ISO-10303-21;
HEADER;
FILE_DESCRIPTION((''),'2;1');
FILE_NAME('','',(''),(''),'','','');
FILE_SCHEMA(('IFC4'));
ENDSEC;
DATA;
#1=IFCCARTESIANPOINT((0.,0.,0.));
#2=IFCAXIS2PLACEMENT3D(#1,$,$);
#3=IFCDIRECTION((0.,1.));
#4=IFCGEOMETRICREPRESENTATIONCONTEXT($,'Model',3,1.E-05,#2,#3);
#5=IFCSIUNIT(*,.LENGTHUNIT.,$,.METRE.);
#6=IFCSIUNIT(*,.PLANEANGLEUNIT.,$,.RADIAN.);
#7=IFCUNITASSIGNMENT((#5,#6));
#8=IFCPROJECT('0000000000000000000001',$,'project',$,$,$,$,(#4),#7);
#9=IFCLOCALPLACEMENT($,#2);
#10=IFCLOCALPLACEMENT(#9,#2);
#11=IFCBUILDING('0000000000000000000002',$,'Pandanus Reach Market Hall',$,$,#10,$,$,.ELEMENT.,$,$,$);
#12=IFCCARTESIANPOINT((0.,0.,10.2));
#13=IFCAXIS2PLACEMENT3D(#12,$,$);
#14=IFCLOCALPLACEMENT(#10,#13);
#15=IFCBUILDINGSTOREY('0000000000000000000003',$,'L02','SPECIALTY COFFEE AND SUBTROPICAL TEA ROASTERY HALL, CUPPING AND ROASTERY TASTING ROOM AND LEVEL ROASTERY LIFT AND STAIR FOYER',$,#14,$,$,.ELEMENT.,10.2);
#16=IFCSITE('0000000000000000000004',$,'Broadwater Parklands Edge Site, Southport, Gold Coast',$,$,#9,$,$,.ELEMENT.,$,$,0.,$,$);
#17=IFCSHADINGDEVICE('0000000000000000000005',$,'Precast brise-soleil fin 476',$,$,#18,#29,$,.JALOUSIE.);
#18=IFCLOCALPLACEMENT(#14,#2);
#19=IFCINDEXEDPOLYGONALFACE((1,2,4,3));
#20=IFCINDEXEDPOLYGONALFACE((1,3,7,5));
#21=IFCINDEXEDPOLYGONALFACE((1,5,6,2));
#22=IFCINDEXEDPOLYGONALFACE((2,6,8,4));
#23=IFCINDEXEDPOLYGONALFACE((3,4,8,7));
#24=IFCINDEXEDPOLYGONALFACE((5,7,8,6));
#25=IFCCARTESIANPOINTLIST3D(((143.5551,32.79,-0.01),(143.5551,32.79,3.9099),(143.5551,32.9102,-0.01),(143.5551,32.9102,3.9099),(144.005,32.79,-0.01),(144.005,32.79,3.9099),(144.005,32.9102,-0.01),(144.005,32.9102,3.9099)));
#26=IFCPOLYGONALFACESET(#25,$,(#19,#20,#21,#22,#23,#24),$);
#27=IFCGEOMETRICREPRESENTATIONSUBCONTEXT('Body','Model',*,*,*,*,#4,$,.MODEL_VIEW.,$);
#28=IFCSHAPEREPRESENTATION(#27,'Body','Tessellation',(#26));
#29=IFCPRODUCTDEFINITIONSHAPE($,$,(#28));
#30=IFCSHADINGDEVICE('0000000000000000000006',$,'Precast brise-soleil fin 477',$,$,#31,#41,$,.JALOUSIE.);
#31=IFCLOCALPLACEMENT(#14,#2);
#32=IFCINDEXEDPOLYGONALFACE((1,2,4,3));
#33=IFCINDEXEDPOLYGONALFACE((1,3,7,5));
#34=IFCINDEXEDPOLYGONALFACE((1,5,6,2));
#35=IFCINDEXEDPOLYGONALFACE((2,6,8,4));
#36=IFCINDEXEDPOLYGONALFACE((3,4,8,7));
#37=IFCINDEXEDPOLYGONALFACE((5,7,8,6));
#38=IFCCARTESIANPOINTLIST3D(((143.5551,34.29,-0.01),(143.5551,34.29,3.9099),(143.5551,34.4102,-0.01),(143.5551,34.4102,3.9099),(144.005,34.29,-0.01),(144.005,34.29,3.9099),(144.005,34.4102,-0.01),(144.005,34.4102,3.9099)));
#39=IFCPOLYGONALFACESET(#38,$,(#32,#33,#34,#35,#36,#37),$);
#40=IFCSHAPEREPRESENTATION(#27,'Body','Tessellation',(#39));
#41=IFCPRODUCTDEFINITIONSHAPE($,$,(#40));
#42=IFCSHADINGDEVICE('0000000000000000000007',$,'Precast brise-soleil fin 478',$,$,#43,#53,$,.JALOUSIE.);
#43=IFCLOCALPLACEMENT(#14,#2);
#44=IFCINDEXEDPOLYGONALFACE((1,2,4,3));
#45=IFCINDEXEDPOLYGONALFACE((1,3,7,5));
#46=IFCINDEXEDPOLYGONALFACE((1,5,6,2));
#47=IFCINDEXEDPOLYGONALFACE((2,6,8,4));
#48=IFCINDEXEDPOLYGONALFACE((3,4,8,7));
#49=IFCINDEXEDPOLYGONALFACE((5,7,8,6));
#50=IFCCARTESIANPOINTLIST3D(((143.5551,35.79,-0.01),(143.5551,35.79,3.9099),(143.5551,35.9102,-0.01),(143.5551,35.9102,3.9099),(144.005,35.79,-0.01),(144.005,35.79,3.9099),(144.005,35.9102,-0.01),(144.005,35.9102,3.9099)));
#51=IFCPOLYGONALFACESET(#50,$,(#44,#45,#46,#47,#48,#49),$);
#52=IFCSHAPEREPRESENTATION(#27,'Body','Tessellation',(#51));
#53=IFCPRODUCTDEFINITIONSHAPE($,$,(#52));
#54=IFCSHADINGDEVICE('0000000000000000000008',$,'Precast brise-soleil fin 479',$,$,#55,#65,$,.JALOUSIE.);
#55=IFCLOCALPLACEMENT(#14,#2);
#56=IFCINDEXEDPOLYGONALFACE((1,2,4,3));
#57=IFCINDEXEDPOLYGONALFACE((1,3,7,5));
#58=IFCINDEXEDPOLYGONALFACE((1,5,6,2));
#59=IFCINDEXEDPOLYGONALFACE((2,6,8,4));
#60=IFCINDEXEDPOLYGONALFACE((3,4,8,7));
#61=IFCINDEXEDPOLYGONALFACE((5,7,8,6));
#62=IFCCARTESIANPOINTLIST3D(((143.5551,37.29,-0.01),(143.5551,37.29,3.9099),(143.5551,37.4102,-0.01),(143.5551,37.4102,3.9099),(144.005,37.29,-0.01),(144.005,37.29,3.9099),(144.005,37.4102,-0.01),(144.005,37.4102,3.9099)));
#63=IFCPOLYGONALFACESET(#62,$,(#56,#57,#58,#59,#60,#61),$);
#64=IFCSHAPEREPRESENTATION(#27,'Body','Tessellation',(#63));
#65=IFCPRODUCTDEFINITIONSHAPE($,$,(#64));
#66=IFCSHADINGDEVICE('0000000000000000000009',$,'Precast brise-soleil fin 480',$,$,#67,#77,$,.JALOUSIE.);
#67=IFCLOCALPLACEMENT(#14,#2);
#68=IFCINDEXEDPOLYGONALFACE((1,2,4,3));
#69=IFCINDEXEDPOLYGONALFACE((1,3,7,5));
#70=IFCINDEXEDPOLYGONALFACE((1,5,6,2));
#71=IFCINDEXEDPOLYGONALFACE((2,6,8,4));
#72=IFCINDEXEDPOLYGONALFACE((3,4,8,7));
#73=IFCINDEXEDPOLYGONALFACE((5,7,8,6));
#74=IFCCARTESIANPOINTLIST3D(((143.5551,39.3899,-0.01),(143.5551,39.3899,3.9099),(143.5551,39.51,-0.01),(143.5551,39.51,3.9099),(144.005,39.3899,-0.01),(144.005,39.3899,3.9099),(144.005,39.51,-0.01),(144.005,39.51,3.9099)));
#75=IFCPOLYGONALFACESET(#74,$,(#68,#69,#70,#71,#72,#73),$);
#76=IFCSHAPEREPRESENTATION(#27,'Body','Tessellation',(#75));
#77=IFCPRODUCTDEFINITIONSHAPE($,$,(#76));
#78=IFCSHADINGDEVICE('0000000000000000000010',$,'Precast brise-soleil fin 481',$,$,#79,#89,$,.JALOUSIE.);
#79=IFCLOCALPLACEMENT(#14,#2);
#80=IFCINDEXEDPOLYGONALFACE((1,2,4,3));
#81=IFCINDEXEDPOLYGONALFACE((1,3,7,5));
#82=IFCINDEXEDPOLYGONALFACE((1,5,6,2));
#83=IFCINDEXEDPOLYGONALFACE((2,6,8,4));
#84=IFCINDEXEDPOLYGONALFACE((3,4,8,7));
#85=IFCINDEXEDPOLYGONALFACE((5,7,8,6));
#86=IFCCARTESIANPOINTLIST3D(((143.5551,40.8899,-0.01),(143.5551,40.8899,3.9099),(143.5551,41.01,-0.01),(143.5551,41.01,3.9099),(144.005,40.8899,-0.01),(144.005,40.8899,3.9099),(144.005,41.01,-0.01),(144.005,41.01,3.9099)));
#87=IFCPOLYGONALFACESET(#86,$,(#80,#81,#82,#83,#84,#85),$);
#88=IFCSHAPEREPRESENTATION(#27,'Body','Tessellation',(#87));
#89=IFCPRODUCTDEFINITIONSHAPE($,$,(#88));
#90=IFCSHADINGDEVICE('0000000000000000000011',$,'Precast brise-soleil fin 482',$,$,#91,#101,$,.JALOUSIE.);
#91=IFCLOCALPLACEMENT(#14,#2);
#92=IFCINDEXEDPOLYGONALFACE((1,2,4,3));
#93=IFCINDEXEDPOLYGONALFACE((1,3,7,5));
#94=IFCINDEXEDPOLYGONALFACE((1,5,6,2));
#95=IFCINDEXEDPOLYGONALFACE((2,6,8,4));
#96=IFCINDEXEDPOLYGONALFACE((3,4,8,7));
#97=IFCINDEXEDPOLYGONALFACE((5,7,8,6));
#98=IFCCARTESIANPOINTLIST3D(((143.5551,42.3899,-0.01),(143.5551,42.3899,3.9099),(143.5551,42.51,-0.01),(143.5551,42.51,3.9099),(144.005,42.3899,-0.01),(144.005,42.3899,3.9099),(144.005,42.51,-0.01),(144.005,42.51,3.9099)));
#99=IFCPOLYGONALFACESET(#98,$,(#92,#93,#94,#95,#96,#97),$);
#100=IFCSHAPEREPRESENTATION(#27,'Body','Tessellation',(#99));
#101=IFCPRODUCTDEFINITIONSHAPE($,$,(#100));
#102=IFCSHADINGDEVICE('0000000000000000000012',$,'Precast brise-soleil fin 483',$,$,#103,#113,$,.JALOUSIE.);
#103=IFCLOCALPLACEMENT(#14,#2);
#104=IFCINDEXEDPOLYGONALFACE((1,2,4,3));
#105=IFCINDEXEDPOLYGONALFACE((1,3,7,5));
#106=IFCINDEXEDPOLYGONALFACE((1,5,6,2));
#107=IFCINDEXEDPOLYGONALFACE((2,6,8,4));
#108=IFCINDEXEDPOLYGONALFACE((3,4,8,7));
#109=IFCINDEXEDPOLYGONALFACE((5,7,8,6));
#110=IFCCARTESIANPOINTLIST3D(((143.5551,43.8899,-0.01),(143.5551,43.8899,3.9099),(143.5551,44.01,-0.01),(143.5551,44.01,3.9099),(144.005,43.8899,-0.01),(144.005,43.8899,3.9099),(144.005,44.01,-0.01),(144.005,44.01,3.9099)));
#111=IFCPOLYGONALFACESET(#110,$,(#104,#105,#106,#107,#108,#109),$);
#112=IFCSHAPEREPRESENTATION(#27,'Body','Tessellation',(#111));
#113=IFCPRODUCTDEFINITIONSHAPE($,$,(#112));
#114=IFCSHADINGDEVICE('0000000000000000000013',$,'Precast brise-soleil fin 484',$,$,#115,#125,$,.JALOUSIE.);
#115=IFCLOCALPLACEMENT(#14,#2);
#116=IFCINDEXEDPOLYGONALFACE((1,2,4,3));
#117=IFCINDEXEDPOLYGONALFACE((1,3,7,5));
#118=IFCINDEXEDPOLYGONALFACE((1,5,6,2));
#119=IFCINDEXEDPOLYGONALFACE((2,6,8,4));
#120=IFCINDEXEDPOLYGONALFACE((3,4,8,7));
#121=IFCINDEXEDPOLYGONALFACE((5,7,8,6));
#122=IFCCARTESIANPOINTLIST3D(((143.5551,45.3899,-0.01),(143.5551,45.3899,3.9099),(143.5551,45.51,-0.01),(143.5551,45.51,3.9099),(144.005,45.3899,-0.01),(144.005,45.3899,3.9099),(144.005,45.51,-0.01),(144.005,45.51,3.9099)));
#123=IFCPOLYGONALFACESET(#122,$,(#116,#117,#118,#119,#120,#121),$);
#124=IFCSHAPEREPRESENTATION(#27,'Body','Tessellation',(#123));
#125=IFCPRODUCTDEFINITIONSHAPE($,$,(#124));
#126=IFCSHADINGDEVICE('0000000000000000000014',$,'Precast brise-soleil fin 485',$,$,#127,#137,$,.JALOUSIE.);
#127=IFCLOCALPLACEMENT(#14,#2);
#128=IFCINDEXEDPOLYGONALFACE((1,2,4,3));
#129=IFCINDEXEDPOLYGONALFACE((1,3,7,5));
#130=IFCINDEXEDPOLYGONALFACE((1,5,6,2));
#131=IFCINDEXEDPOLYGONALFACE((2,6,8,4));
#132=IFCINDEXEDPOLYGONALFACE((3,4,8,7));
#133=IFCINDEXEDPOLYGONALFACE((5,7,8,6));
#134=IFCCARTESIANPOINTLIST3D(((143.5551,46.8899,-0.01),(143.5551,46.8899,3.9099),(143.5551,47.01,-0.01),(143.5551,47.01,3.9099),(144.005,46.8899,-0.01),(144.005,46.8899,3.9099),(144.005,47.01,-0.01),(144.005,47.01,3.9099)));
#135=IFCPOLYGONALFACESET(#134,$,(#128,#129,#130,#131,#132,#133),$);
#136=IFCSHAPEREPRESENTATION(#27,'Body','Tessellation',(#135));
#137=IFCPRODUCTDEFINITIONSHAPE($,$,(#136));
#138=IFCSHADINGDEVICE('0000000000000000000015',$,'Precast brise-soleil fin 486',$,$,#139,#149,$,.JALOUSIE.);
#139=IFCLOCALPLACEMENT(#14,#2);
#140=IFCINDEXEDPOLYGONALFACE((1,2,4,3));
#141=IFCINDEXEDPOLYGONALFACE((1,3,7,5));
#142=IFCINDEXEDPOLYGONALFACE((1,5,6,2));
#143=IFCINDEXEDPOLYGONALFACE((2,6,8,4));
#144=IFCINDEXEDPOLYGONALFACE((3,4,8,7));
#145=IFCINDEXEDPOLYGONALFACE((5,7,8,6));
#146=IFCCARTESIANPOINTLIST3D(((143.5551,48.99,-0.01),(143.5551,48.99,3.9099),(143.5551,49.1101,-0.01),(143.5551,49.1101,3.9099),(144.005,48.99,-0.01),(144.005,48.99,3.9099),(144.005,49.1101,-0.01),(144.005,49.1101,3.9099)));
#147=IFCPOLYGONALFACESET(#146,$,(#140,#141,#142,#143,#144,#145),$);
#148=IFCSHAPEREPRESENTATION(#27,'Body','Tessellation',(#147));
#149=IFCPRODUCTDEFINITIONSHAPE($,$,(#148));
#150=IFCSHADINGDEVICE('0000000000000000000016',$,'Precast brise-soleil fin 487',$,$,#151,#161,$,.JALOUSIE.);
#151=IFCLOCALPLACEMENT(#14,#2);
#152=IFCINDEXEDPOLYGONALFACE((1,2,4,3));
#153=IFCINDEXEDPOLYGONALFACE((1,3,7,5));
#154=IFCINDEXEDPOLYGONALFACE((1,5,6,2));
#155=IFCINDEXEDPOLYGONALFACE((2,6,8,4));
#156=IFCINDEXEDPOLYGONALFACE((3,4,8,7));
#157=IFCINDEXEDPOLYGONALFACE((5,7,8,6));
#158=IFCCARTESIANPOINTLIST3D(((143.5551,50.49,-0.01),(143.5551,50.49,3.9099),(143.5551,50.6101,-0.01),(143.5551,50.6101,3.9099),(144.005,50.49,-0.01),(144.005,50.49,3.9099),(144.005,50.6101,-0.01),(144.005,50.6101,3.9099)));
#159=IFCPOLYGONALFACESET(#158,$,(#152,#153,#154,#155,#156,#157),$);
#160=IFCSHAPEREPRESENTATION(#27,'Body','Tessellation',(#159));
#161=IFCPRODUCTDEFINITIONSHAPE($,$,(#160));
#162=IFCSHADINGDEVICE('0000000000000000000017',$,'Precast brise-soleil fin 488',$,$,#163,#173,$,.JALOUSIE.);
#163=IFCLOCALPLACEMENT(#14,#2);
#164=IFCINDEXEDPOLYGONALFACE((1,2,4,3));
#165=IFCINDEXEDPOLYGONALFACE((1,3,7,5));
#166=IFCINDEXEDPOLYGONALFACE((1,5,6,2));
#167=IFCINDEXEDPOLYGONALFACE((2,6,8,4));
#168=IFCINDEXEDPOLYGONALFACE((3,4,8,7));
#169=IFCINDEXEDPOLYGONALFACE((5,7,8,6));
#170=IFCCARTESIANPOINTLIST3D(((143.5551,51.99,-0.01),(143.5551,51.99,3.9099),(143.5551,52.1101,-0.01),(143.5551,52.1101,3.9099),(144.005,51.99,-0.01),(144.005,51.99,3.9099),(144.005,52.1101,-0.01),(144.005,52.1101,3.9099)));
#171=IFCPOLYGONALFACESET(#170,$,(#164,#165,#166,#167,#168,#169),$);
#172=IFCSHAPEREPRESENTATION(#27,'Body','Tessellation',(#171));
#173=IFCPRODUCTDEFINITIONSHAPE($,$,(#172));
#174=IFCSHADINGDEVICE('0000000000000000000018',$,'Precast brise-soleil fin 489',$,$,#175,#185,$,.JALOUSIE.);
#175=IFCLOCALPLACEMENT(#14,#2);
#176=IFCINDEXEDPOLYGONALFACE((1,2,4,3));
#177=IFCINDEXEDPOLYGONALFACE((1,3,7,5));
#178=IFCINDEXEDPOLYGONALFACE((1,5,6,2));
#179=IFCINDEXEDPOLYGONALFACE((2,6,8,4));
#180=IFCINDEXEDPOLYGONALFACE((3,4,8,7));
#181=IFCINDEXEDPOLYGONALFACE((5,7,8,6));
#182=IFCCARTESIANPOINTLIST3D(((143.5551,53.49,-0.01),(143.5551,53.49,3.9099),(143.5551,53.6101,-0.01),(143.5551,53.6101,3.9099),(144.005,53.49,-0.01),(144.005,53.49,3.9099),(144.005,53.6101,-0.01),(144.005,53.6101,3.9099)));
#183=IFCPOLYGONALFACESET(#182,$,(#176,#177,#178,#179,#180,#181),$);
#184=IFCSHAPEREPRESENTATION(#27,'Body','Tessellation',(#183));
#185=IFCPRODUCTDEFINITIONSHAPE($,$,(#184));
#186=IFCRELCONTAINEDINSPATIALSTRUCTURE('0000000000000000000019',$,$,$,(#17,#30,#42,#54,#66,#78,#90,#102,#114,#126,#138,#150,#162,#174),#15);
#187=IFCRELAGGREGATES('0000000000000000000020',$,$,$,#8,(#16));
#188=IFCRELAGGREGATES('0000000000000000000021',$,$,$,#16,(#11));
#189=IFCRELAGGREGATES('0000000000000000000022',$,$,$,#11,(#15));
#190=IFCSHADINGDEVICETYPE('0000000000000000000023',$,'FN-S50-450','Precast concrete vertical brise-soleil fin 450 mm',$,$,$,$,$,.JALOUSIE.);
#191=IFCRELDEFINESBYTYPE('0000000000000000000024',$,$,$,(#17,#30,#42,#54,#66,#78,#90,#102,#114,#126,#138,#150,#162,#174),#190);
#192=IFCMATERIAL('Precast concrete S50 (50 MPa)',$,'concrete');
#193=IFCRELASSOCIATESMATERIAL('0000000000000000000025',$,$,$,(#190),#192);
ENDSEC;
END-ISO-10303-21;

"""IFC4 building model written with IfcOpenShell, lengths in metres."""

from ifc_helpers import new_model, si_unit, direction, frame, origin, origin_2d, place, context, subcontext, project, spatial, rectangle, extrude, material, type_object, element, save


model = new_model("IFC4")

# Units and contexts
model_context = context("Model", 3, precision=1e-05, world=origin(), true_north=direction((0.0, 1.0)))
body_context = subcontext(model_context, "Body", "Model", "MODEL_VIEW")
ifc_project = project(units=[si_unit("LENGTHUNIT", "METRE"), si_unit("PLANEANGLEUNIT", "RADIAN")], contexts=[model_context])

# Site, building, storey
site_placement = place(None, origin())
site = spatial("IfcSite", under=ifc_project, at=site_placement, Name="Broadwater Parklands Edge Site, Southport, Gold Coast", CompositionType="ELEMENT", RefElevation=0.0)
building_placement = place(site_placement, origin())
building = spatial("IfcBuilding", under=site, at=building_placement, Name="Pandanus Reach Market Hall", CompositionType="ELEMENT")
storey_placement = place(building_placement, frame((0.0, 0.0, 10.2)))
storey = spatial("IfcBuildingStorey", under=building, at=storey_placement, Name="L02", Description="SPECIALTY COFFEE AND SUBTROPICAL TEA ROASTERY HALL, CUPPING AND ROASTERY TASTING ROOM AND LEVEL ROASTERY LIFT AND STAIR FOYER", CompositionType="ELEMENT", Elevation=10.2)

# Shading devices
ifc_material_1 = material(Name="Precast concrete S50 (50 MPa)", Category="concrete")
shading_device_type = type_object("IfcShadingDeviceType", Name="FN-S50-450", Description="Precast concrete vertical brise-soleil fin 450 mm", PredefinedType="JALOUSIE", material=ifc_material_1)
for number, where, z_axis, x_axis, name in (
    (1, (143.78, 32.8501, -0.01), (0.0, 0.0, 1.0), (-1.0, 0.0, 0.0), "Precast brise-soleil fin 476"),
    (2, (143.78, 34.3501, -0.01), (0.0, 0.0, 1.0), (-1.0, 0.0, 0.0), "Precast brise-soleil fin 477"),
    (3, (143.78, 35.8501, -0.01), (0.0, 0.0, 1.0), (-1.0, 0.0, 0.0), "Precast brise-soleil fin 478"),
    (4, (143.78, 37.3501, -0.01), (0.0, 0.0, 1.0), (-1.0, 0.0, 0.0), "Precast brise-soleil fin 479"),
    (5, (143.78, 39.45, -0.01), (0.0, 0.0, 1.0), (-1.0, 0.0, 0.0), "Precast brise-soleil fin 480"),
    (6, (143.78, 40.95, -0.01), (0.0, 0.0, 1.0), (-1.0, 0.0, 0.0), "Precast brise-soleil fin 481"),
    (7, (143.78, 42.45, -0.01), (0.0, 0.0, 1.0), (-1.0, 0.0, 0.0), "Precast brise-soleil fin 482"),
    (8, (143.78, 43.95, -0.01), (0.0, 0.0, 1.0), (-1.0, 0.0, 0.0), "Precast brise-soleil fin 483"),
    (9, (143.78, 45.45, -0.01), (0.0, 0.0, 1.0), (-1.0, 0.0, 0.0), "Precast brise-soleil fin 484"),
    (10, (143.78, 46.95, -0.01), (0.0, 0.0, 1.0), (-1.0, 0.0, 0.0), "Precast brise-soleil fin 485"),
    (11, (143.78, 49.05, -0.01), (0.0, 0.0, 1.0), (-1.0, 0.0, 0.0), "Precast brise-soleil fin 486"),
    (12, (143.78, 50.55, -0.01), (0.0, 0.0, 1.0), (-1.0, 0.0, 0.0), "Precast brise-soleil fin 487"),
    (13, (143.78, 52.05, -0.01), (0.0, 0.0, 1.0), (-1.0, 0.0, 0.0), "Precast brise-soleil fin 488"),
    (14, (143.78, 53.55, -0.01), (0.0, 0.0, 1.0), (-1.0, 0.0, 0.0), "Precast brise-soleil fin 489"),
):
    element("IfcShadingDevice", number, at=place(storey_placement, frame(where, z_axis=z_axis, x_axis=x_axis)), inside=storey, type_object=shading_device_type, Name=name, PredefinedType="JALOUSIE", context=body_context, shape_type="SweptSolid", body=[
        extrude(rectangle(XDim=0.45, YDim=0.1201, at=origin_2d()), origin(), (0.0, 0.0, 1.0), 3.9199),
    ])

save(model, "model.ifc")
